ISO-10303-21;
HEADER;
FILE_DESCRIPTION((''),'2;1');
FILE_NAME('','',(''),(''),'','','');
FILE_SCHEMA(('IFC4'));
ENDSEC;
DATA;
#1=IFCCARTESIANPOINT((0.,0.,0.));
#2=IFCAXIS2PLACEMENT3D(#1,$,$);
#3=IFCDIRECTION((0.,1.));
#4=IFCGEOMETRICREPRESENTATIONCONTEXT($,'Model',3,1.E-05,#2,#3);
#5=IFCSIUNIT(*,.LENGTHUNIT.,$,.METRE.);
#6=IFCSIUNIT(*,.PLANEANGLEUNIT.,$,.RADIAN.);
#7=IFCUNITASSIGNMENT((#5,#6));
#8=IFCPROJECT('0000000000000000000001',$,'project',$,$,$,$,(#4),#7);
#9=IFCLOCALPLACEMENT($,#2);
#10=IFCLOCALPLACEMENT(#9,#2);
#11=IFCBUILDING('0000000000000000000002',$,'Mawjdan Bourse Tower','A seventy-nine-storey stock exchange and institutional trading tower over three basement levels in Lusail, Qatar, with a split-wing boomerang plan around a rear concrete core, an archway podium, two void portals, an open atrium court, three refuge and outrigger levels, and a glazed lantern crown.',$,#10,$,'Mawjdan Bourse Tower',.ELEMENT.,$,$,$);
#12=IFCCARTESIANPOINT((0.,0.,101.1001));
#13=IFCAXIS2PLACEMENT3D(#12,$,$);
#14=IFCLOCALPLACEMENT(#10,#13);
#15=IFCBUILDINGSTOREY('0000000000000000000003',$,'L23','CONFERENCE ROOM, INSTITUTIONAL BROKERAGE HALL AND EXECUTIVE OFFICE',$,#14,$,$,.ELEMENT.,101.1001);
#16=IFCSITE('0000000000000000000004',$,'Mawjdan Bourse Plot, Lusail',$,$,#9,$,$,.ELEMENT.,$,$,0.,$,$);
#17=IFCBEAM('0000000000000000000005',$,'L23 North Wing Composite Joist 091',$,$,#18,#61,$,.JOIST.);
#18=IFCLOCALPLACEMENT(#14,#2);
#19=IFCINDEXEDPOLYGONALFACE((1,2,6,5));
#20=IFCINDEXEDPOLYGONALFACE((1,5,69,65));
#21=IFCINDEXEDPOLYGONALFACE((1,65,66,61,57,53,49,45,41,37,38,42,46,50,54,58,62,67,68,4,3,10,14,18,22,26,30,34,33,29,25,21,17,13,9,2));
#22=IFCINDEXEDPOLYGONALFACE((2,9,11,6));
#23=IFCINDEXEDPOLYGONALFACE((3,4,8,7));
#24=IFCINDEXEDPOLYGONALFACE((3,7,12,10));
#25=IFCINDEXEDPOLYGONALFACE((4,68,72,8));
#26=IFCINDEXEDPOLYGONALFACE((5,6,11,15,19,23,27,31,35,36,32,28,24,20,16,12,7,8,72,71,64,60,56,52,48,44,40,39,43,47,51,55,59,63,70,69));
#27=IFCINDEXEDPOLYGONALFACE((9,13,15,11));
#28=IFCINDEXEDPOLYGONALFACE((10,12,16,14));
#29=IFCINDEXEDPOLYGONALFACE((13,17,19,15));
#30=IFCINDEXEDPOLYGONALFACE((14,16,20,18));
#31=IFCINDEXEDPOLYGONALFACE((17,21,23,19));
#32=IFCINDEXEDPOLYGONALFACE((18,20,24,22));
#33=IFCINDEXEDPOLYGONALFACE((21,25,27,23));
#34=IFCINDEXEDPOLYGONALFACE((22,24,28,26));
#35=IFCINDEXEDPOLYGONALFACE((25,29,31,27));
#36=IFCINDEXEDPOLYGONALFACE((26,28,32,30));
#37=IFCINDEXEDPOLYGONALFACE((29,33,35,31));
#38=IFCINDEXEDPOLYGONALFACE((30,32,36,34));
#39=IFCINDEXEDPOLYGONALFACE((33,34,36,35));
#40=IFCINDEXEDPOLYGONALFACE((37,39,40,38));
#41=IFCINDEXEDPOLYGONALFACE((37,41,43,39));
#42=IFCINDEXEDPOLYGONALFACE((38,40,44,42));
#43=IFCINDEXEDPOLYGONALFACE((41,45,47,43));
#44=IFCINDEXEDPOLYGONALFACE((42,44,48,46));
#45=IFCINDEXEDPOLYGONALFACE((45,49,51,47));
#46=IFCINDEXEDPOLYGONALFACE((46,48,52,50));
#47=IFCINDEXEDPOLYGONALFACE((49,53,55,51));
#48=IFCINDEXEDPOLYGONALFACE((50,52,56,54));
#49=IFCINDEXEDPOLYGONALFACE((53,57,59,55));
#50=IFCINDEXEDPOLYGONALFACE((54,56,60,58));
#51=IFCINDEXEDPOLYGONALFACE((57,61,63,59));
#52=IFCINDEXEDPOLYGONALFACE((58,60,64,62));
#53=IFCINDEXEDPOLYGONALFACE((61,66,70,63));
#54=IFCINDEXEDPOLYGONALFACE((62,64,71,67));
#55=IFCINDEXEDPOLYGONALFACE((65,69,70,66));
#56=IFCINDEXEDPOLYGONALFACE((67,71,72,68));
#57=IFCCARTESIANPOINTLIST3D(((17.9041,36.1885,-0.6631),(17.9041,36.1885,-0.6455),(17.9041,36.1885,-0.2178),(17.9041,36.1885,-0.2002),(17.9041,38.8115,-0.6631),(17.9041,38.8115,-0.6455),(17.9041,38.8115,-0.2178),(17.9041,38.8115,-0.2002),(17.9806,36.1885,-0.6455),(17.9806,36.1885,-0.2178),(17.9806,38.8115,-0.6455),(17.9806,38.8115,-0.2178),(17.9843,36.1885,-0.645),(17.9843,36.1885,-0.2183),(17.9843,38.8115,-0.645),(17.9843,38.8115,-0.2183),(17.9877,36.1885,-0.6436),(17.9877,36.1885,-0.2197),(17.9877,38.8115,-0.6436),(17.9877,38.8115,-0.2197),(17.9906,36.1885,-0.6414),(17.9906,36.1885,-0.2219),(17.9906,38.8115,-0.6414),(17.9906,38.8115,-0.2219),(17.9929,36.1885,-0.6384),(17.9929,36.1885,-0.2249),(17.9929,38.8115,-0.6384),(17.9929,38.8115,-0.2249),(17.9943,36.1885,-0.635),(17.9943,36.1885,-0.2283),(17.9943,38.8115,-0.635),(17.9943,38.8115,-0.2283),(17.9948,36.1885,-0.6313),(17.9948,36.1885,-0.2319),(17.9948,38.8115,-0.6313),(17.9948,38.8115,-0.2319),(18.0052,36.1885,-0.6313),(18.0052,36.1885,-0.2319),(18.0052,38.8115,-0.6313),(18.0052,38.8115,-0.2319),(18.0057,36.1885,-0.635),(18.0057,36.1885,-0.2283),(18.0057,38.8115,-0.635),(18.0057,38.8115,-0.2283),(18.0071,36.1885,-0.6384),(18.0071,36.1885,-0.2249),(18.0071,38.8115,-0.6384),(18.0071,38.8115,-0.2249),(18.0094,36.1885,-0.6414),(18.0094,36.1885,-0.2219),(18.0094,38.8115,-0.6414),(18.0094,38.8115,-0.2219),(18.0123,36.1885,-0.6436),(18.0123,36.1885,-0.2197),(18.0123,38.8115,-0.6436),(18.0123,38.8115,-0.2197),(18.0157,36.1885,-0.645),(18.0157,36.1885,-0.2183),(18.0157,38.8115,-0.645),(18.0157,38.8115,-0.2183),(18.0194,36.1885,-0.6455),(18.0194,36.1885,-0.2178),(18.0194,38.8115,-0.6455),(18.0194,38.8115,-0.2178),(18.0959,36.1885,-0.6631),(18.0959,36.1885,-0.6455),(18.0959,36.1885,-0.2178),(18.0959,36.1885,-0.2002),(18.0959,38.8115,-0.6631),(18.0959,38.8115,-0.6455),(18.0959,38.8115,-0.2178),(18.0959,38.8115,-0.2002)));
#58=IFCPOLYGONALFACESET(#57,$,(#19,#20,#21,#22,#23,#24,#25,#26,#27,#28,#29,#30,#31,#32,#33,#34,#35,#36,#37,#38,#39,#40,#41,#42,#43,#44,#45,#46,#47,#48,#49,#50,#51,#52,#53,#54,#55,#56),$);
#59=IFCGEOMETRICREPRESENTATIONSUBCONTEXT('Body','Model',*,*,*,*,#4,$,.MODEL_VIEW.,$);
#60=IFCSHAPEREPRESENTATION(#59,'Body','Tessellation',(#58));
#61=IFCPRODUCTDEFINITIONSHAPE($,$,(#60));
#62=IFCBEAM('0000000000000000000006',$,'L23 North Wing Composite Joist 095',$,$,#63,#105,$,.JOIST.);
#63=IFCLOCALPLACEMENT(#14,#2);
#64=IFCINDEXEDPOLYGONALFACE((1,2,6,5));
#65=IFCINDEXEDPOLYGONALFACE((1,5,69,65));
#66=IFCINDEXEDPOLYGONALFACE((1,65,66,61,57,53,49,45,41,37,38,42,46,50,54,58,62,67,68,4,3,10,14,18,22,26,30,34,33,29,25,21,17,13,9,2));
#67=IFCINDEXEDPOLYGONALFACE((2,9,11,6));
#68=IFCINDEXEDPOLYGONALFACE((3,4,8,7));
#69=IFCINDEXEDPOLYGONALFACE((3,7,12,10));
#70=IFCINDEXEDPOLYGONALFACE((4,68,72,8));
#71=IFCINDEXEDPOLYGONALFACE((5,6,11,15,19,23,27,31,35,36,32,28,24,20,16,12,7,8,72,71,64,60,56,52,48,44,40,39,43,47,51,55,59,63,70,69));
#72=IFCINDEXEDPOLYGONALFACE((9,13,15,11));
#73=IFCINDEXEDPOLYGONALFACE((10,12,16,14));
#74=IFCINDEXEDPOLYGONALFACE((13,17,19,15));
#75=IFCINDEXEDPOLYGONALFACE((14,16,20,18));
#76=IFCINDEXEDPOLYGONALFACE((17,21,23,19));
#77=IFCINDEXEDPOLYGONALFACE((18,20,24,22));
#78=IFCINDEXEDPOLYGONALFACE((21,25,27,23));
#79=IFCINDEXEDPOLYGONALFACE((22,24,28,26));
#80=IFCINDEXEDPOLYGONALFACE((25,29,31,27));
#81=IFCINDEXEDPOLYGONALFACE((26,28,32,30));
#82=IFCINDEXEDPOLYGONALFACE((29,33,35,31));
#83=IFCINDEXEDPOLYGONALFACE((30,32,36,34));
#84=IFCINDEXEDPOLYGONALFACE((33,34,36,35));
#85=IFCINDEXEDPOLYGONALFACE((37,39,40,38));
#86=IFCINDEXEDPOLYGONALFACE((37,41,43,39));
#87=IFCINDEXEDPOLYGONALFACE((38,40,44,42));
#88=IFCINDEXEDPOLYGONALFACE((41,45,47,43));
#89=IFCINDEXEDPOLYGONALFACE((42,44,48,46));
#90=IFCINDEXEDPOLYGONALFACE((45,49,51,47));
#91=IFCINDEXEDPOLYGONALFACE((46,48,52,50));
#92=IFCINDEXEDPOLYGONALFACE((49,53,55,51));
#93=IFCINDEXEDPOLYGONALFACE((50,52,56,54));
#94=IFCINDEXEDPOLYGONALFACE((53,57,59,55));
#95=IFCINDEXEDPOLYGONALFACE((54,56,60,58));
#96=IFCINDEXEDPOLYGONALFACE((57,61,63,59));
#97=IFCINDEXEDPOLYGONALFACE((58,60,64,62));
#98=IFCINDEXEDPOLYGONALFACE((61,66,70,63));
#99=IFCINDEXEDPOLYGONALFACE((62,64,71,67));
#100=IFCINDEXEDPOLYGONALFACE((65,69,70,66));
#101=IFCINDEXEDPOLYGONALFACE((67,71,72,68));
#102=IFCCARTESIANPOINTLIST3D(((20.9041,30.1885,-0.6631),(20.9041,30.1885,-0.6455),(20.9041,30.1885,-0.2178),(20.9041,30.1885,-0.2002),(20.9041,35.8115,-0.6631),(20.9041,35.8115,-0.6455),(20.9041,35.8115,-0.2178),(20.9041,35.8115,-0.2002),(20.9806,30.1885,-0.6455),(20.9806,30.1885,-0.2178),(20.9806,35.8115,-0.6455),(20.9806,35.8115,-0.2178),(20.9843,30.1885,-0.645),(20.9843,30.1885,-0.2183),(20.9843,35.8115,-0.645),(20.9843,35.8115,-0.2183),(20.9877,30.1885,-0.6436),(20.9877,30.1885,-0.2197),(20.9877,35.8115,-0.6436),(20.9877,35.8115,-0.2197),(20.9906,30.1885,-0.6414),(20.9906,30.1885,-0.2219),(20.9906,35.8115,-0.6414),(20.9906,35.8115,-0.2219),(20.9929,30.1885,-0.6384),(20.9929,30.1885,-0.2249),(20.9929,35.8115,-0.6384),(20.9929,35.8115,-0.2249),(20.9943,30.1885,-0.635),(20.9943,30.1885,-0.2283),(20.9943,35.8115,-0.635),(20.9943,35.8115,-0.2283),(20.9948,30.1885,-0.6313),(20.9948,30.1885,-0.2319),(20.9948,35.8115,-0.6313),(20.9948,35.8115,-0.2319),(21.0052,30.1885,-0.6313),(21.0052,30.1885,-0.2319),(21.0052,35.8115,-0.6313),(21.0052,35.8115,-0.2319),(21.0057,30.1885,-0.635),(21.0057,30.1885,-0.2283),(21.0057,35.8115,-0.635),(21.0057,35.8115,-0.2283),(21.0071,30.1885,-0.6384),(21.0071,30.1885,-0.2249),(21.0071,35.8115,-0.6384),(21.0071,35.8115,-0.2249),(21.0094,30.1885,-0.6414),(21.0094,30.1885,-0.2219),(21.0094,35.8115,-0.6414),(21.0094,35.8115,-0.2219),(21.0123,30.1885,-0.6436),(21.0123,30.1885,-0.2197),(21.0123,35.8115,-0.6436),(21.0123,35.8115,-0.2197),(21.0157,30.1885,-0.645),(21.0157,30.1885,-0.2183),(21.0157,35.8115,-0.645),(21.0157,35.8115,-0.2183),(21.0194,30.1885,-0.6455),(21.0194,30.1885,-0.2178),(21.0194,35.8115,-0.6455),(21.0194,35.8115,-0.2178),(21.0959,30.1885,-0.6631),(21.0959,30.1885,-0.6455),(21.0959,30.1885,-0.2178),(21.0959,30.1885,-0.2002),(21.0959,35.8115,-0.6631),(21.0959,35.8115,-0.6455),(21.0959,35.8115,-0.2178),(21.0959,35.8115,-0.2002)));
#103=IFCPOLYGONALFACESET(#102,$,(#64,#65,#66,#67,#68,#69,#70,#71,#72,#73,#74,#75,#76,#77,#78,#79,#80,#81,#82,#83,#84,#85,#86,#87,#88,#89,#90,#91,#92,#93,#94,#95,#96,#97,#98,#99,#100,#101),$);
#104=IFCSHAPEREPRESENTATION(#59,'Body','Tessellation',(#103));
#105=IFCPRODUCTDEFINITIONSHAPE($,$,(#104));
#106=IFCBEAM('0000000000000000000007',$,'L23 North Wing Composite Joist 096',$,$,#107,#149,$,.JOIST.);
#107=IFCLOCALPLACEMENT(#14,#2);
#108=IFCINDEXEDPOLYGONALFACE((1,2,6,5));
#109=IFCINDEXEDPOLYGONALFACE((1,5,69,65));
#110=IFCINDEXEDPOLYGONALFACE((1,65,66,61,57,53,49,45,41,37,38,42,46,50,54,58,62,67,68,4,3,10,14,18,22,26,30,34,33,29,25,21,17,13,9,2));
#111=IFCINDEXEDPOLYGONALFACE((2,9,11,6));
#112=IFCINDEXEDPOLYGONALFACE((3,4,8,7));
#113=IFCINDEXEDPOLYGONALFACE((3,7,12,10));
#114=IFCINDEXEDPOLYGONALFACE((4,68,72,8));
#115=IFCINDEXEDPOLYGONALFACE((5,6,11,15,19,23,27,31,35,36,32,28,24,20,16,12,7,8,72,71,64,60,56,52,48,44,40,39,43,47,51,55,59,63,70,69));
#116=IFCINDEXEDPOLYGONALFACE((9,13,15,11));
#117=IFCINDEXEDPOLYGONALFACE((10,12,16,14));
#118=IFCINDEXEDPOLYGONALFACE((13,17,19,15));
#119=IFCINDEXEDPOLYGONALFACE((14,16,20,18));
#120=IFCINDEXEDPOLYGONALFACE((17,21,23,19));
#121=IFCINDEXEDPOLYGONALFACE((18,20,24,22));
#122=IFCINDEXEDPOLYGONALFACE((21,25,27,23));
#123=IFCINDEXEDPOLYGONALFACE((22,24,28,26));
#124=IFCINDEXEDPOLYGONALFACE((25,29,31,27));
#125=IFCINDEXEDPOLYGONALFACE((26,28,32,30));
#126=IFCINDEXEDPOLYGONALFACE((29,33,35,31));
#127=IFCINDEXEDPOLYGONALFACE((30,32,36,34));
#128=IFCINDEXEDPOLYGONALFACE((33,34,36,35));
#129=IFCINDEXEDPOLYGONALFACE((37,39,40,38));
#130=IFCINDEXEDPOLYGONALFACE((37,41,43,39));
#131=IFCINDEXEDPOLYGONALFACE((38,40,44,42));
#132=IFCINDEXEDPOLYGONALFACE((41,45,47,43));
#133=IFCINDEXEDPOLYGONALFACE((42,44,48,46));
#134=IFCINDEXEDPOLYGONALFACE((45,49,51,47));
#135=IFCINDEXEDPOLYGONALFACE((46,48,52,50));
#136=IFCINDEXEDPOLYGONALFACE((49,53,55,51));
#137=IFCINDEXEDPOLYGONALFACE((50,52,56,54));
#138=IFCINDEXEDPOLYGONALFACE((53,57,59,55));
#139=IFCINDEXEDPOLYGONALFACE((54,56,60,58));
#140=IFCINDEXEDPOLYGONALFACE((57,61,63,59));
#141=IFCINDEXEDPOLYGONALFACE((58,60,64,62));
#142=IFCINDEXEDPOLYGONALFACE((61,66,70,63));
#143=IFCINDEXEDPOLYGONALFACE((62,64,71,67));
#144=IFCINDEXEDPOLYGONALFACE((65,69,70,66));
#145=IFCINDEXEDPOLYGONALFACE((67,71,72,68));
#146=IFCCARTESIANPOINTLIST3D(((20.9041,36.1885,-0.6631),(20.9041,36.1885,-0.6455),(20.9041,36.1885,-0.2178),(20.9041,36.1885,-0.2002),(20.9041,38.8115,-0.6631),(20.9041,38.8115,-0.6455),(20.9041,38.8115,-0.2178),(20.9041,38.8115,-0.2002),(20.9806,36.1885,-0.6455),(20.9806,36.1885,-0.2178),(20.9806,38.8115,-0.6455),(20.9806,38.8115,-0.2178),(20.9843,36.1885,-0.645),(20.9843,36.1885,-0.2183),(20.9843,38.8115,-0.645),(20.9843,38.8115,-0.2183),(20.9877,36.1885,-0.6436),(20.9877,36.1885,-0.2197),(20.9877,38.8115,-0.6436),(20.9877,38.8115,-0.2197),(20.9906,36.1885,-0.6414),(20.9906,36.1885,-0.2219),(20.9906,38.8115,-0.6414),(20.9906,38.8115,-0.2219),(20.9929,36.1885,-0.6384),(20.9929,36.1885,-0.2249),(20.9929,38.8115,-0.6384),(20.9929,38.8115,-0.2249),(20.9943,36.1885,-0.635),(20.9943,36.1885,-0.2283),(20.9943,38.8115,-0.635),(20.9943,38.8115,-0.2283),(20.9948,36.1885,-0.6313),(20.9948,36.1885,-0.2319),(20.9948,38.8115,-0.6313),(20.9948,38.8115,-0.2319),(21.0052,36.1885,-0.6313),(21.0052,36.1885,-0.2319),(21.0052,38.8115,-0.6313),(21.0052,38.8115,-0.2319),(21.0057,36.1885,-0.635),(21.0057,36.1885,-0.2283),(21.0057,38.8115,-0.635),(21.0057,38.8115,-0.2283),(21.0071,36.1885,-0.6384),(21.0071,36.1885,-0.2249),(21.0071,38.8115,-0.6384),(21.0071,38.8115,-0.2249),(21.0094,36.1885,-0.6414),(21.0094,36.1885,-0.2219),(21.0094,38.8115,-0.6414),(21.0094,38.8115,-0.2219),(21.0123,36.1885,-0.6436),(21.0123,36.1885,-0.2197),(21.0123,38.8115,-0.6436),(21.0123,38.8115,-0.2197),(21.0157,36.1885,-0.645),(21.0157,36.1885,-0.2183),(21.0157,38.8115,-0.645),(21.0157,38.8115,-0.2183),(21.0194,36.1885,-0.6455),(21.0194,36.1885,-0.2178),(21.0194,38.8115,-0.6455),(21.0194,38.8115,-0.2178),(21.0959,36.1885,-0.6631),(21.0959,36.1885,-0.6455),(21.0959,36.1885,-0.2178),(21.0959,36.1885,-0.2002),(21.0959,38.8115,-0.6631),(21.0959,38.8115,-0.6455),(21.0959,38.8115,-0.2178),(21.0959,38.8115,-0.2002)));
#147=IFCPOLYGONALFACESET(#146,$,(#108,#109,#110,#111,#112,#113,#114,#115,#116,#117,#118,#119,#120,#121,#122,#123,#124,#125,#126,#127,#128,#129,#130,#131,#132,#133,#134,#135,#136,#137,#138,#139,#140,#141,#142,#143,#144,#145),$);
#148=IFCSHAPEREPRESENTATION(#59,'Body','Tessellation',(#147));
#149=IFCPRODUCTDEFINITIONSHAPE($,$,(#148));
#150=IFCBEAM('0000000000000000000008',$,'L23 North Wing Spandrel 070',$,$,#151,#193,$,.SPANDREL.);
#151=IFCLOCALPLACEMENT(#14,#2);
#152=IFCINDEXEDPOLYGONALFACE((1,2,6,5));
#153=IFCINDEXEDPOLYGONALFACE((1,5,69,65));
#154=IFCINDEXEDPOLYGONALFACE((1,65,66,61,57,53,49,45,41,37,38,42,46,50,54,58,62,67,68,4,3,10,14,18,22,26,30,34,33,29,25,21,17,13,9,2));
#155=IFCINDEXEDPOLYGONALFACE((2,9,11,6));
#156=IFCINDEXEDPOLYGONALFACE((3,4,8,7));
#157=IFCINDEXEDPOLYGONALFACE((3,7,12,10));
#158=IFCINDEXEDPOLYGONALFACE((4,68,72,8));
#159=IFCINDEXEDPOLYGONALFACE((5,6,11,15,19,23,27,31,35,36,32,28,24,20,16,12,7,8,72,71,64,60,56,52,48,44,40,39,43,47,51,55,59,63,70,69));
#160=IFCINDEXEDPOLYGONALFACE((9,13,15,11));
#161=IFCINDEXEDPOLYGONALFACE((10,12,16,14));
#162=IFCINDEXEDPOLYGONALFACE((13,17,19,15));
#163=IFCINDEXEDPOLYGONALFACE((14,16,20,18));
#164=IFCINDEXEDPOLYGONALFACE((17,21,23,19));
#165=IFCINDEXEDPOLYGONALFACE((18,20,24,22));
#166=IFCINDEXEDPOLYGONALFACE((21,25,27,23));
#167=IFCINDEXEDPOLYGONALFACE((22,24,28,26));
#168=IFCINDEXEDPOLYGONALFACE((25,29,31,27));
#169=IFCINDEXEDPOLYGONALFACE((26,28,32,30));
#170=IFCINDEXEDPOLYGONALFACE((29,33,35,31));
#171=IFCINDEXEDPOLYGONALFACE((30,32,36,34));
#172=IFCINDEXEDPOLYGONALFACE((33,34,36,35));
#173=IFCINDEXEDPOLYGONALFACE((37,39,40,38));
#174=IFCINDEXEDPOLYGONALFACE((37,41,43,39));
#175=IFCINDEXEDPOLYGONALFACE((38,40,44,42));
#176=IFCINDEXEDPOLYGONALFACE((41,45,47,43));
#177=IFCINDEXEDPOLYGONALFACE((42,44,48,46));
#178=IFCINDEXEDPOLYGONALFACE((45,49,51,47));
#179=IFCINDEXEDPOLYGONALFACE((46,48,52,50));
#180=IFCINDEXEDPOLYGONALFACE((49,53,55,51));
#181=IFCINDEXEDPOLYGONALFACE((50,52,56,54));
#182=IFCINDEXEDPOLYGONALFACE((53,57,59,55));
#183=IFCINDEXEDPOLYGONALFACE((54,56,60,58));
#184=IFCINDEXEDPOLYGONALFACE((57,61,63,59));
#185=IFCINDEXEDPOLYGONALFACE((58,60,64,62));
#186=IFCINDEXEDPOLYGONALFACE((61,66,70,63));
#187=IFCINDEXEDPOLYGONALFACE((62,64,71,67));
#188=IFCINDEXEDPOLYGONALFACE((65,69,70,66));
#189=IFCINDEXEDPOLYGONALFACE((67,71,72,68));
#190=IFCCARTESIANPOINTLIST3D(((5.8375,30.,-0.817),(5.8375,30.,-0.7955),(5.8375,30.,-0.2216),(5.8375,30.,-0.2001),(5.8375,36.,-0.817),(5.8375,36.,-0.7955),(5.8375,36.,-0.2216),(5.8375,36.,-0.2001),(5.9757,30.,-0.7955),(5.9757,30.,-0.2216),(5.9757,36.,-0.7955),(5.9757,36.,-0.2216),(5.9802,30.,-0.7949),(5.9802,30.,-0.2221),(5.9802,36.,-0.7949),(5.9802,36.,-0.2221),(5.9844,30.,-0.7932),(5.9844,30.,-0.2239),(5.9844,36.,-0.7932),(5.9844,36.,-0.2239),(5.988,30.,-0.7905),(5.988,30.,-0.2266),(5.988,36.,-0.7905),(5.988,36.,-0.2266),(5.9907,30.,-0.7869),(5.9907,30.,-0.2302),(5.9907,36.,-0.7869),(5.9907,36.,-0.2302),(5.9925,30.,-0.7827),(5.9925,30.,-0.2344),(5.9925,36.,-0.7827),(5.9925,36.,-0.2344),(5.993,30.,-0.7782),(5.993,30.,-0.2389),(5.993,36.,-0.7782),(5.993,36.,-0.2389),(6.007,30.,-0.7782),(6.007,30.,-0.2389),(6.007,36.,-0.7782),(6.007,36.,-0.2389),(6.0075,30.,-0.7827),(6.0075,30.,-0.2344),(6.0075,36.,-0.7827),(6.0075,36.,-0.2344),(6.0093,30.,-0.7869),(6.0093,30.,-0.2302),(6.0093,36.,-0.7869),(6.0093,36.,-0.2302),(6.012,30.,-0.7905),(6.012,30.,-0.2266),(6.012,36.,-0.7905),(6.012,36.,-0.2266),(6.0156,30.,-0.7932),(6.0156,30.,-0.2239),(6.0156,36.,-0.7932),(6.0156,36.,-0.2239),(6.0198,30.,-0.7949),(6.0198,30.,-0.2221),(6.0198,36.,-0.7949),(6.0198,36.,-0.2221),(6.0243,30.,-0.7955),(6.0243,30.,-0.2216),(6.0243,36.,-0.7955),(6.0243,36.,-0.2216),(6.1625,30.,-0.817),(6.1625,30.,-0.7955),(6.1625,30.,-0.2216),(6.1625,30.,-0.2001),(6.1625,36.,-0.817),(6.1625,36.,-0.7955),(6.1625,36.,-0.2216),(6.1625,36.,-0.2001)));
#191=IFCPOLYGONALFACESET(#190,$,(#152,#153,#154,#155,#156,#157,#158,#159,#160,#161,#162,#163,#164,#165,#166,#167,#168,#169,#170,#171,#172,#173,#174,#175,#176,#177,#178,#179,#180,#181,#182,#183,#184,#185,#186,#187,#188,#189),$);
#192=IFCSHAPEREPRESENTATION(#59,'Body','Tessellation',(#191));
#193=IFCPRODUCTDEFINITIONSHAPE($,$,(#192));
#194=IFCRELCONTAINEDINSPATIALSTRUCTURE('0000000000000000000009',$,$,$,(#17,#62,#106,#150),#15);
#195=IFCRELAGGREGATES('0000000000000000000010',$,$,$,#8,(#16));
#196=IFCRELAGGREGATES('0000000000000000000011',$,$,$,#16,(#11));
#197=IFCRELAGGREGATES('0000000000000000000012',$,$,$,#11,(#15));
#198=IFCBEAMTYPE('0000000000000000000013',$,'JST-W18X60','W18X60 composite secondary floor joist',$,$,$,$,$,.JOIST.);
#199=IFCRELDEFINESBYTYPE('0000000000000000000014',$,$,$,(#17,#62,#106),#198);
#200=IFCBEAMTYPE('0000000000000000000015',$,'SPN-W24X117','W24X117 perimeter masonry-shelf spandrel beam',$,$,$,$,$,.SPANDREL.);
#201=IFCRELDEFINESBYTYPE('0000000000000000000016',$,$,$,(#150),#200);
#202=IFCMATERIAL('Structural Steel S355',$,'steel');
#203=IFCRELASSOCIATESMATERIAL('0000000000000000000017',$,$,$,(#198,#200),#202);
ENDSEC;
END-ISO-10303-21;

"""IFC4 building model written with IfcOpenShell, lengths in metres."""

from ifc_helpers import new_model, si_unit, direction, frame, origin, origin_2d, place, context, subcontext, project, spatial, i_section, extrude, material, material_profile, profile_set, type_object, element, save


model = new_model("IFC4")

# Units and contexts
model_context = context("Model", 3, precision=1e-05, world=origin(), true_north=direction((0.0, 1.0)))
body_context = subcontext(model_context, "Body", "Model", "MODEL_VIEW")
ifc_project = project(units=[si_unit("LENGTHUNIT", "METRE"), si_unit("PLANEANGLEUNIT", "RADIAN")], contexts=[model_context])

# Site, building, storey
site_placement = place(None, origin())
site = spatial("IfcSite", under=ifc_project, at=site_placement, Name="Mawjdan Bourse Plot, Lusail", CompositionType="ELEMENT", RefElevation=0.0)
building_placement = place(site_placement, origin())
building = spatial("IfcBuilding", under=site, at=building_placement, Name="Mawjdan Bourse Tower", Description="A seventy-nine-storey stock exchange and institutional trading tower over three basement levels in Lusail, Qatar, with a split-wing boomerang plan around a rear concrete core, an archway podium, two void portals, an open atrium court, three refuge and outrigger levels, and a glazed lantern crown.", LongName="Mawjdan Bourse Tower", CompositionType="ELEMENT")
storey_placement = place(building_placement, frame((0.0, 0.0, 101.1001)))
storey = spatial("IfcBuildingStorey", under=building, at=storey_placement, Name="L23", Description="CONFERENCE ROOM, INSTITUTIONAL BROKERAGE HALL AND EXECUTIVE OFFICE", CompositionType="ELEMENT", Elevation=101.1001)

# Beams
ifc_material_1 = material(Name="Structural Steel S355", Category="steel")
ifc_material_profile_1 = material_profile(ifc_material_1, i_section(OverallWidth=0.1919, OverallDepth=0.4629, WebThickness=0.0105, FlangeThickness=0.0176, FilletRadius=0.0142, at=origin_2d()), Name="W18X60")
ifc_profile_set_1 = profile_set([ifc_material_profile_1], Name="Structural Steel S355")
beam_type_1 = type_object("IfcBeamType", Name="JST-W18X60", Description="W18X60 composite secondary floor joist", PredefinedType="JOIST", material=ifc_profile_set_1)
beam_1_placement = place(storey_placement, frame((18.0, 36.1885, -0.4316), z_axis=(0.0, 1.0, 0.0), x_axis=(-1.0, 0.0, 0.0)))
element("IfcBeam", 1, at=beam_1_placement, inside=storey, type_object=beam_type_1, Name="L23 North Wing Composite Joist 091", PredefinedType="JOIST", context=body_context, shape_type="SweptSolid", body=[
    extrude(i_section(OverallWidth=0.1919, OverallDepth=0.4629, WebThickness=0.0105, FlangeThickness=0.0176, FilletRadius=0.0142, at=origin_2d()), origin(), (0.0, 0.0, 1.0), 2.623),
])
beam_2_placement = place(storey_placement, frame((21.0, 30.1885, -0.4316), z_axis=(0.0, 1.0, 0.0), x_axis=(-1.0, 0.0, 0.0)))
element("IfcBeam", 2, at=beam_2_placement, inside=storey, type_object=beam_type_1, Name="L23 North Wing Composite Joist 095", PredefinedType="JOIST", context=body_context, shape_type="SweptSolid", body=[
    extrude(i_section(OverallWidth=0.1919, OverallDepth=0.4629, WebThickness=0.0105, FlangeThickness=0.0176, FilletRadius=0.0142, at=origin_2d()), origin(), (0.0, 0.0, 1.0), 5.623),
])
beam_3_placement = place(storey_placement, frame((21.0, 36.1885, -0.4316), z_axis=(0.0, 1.0, 0.0), x_axis=(-1.0, 0.0, 0.0)))
element("IfcBeam", 3, at=beam_3_placement, inside=storey, type_object=beam_type_1, Name="L23 North Wing Composite Joist 096", PredefinedType="JOIST", context=body_context, shape_type="SweptSolid", body=[
    extrude(i_section(OverallWidth=0.1919, OverallDepth=0.4629, WebThickness=0.0105, FlangeThickness=0.0176, FilletRadius=0.0142, at=origin_2d()), origin(), (0.0, 0.0, 1.0), 2.623),
])
ifc_material_profile_2 = material_profile(ifc_material_1, i_section(OverallWidth=0.325, OverallDepth=0.6169, WebThickness=0.0139, FlangeThickness=0.0215, FilletRadius=0.0173, at=origin_2d()), Name="W24X117")
ifc_profile_set_2 = profile_set([ifc_material_profile_2], Name="Structural Steel S355")
beam_type_2 = type_object("IfcBeamType", Name="SPN-W24X117", Description="W24X117 perimeter masonry-shelf spandrel beam", PredefinedType="SPANDREL", material=ifc_profile_set_2)
beam_4_placement = place(storey_placement, frame((6.0, 30.0, -0.5085), z_axis=(0.0, 1.0, 0.0), x_axis=(-1.0, 0.0, 0.0)))
element("IfcBeam", 4, at=beam_4_placement, inside=storey, type_object=beam_type_2, Name="L23 North Wing Spandrel 070", PredefinedType="SPANDREL", context=body_context, shape_type="SweptSolid", body=[
    extrude(i_section(OverallWidth=0.325, OverallDepth=0.6169, WebThickness=0.0139, FlangeThickness=0.0215, FilletRadius=0.0173, at=origin_2d()), origin(), (0.0, 0.0, 1.0), 6.0),
])

save(model, "model.ifc")
